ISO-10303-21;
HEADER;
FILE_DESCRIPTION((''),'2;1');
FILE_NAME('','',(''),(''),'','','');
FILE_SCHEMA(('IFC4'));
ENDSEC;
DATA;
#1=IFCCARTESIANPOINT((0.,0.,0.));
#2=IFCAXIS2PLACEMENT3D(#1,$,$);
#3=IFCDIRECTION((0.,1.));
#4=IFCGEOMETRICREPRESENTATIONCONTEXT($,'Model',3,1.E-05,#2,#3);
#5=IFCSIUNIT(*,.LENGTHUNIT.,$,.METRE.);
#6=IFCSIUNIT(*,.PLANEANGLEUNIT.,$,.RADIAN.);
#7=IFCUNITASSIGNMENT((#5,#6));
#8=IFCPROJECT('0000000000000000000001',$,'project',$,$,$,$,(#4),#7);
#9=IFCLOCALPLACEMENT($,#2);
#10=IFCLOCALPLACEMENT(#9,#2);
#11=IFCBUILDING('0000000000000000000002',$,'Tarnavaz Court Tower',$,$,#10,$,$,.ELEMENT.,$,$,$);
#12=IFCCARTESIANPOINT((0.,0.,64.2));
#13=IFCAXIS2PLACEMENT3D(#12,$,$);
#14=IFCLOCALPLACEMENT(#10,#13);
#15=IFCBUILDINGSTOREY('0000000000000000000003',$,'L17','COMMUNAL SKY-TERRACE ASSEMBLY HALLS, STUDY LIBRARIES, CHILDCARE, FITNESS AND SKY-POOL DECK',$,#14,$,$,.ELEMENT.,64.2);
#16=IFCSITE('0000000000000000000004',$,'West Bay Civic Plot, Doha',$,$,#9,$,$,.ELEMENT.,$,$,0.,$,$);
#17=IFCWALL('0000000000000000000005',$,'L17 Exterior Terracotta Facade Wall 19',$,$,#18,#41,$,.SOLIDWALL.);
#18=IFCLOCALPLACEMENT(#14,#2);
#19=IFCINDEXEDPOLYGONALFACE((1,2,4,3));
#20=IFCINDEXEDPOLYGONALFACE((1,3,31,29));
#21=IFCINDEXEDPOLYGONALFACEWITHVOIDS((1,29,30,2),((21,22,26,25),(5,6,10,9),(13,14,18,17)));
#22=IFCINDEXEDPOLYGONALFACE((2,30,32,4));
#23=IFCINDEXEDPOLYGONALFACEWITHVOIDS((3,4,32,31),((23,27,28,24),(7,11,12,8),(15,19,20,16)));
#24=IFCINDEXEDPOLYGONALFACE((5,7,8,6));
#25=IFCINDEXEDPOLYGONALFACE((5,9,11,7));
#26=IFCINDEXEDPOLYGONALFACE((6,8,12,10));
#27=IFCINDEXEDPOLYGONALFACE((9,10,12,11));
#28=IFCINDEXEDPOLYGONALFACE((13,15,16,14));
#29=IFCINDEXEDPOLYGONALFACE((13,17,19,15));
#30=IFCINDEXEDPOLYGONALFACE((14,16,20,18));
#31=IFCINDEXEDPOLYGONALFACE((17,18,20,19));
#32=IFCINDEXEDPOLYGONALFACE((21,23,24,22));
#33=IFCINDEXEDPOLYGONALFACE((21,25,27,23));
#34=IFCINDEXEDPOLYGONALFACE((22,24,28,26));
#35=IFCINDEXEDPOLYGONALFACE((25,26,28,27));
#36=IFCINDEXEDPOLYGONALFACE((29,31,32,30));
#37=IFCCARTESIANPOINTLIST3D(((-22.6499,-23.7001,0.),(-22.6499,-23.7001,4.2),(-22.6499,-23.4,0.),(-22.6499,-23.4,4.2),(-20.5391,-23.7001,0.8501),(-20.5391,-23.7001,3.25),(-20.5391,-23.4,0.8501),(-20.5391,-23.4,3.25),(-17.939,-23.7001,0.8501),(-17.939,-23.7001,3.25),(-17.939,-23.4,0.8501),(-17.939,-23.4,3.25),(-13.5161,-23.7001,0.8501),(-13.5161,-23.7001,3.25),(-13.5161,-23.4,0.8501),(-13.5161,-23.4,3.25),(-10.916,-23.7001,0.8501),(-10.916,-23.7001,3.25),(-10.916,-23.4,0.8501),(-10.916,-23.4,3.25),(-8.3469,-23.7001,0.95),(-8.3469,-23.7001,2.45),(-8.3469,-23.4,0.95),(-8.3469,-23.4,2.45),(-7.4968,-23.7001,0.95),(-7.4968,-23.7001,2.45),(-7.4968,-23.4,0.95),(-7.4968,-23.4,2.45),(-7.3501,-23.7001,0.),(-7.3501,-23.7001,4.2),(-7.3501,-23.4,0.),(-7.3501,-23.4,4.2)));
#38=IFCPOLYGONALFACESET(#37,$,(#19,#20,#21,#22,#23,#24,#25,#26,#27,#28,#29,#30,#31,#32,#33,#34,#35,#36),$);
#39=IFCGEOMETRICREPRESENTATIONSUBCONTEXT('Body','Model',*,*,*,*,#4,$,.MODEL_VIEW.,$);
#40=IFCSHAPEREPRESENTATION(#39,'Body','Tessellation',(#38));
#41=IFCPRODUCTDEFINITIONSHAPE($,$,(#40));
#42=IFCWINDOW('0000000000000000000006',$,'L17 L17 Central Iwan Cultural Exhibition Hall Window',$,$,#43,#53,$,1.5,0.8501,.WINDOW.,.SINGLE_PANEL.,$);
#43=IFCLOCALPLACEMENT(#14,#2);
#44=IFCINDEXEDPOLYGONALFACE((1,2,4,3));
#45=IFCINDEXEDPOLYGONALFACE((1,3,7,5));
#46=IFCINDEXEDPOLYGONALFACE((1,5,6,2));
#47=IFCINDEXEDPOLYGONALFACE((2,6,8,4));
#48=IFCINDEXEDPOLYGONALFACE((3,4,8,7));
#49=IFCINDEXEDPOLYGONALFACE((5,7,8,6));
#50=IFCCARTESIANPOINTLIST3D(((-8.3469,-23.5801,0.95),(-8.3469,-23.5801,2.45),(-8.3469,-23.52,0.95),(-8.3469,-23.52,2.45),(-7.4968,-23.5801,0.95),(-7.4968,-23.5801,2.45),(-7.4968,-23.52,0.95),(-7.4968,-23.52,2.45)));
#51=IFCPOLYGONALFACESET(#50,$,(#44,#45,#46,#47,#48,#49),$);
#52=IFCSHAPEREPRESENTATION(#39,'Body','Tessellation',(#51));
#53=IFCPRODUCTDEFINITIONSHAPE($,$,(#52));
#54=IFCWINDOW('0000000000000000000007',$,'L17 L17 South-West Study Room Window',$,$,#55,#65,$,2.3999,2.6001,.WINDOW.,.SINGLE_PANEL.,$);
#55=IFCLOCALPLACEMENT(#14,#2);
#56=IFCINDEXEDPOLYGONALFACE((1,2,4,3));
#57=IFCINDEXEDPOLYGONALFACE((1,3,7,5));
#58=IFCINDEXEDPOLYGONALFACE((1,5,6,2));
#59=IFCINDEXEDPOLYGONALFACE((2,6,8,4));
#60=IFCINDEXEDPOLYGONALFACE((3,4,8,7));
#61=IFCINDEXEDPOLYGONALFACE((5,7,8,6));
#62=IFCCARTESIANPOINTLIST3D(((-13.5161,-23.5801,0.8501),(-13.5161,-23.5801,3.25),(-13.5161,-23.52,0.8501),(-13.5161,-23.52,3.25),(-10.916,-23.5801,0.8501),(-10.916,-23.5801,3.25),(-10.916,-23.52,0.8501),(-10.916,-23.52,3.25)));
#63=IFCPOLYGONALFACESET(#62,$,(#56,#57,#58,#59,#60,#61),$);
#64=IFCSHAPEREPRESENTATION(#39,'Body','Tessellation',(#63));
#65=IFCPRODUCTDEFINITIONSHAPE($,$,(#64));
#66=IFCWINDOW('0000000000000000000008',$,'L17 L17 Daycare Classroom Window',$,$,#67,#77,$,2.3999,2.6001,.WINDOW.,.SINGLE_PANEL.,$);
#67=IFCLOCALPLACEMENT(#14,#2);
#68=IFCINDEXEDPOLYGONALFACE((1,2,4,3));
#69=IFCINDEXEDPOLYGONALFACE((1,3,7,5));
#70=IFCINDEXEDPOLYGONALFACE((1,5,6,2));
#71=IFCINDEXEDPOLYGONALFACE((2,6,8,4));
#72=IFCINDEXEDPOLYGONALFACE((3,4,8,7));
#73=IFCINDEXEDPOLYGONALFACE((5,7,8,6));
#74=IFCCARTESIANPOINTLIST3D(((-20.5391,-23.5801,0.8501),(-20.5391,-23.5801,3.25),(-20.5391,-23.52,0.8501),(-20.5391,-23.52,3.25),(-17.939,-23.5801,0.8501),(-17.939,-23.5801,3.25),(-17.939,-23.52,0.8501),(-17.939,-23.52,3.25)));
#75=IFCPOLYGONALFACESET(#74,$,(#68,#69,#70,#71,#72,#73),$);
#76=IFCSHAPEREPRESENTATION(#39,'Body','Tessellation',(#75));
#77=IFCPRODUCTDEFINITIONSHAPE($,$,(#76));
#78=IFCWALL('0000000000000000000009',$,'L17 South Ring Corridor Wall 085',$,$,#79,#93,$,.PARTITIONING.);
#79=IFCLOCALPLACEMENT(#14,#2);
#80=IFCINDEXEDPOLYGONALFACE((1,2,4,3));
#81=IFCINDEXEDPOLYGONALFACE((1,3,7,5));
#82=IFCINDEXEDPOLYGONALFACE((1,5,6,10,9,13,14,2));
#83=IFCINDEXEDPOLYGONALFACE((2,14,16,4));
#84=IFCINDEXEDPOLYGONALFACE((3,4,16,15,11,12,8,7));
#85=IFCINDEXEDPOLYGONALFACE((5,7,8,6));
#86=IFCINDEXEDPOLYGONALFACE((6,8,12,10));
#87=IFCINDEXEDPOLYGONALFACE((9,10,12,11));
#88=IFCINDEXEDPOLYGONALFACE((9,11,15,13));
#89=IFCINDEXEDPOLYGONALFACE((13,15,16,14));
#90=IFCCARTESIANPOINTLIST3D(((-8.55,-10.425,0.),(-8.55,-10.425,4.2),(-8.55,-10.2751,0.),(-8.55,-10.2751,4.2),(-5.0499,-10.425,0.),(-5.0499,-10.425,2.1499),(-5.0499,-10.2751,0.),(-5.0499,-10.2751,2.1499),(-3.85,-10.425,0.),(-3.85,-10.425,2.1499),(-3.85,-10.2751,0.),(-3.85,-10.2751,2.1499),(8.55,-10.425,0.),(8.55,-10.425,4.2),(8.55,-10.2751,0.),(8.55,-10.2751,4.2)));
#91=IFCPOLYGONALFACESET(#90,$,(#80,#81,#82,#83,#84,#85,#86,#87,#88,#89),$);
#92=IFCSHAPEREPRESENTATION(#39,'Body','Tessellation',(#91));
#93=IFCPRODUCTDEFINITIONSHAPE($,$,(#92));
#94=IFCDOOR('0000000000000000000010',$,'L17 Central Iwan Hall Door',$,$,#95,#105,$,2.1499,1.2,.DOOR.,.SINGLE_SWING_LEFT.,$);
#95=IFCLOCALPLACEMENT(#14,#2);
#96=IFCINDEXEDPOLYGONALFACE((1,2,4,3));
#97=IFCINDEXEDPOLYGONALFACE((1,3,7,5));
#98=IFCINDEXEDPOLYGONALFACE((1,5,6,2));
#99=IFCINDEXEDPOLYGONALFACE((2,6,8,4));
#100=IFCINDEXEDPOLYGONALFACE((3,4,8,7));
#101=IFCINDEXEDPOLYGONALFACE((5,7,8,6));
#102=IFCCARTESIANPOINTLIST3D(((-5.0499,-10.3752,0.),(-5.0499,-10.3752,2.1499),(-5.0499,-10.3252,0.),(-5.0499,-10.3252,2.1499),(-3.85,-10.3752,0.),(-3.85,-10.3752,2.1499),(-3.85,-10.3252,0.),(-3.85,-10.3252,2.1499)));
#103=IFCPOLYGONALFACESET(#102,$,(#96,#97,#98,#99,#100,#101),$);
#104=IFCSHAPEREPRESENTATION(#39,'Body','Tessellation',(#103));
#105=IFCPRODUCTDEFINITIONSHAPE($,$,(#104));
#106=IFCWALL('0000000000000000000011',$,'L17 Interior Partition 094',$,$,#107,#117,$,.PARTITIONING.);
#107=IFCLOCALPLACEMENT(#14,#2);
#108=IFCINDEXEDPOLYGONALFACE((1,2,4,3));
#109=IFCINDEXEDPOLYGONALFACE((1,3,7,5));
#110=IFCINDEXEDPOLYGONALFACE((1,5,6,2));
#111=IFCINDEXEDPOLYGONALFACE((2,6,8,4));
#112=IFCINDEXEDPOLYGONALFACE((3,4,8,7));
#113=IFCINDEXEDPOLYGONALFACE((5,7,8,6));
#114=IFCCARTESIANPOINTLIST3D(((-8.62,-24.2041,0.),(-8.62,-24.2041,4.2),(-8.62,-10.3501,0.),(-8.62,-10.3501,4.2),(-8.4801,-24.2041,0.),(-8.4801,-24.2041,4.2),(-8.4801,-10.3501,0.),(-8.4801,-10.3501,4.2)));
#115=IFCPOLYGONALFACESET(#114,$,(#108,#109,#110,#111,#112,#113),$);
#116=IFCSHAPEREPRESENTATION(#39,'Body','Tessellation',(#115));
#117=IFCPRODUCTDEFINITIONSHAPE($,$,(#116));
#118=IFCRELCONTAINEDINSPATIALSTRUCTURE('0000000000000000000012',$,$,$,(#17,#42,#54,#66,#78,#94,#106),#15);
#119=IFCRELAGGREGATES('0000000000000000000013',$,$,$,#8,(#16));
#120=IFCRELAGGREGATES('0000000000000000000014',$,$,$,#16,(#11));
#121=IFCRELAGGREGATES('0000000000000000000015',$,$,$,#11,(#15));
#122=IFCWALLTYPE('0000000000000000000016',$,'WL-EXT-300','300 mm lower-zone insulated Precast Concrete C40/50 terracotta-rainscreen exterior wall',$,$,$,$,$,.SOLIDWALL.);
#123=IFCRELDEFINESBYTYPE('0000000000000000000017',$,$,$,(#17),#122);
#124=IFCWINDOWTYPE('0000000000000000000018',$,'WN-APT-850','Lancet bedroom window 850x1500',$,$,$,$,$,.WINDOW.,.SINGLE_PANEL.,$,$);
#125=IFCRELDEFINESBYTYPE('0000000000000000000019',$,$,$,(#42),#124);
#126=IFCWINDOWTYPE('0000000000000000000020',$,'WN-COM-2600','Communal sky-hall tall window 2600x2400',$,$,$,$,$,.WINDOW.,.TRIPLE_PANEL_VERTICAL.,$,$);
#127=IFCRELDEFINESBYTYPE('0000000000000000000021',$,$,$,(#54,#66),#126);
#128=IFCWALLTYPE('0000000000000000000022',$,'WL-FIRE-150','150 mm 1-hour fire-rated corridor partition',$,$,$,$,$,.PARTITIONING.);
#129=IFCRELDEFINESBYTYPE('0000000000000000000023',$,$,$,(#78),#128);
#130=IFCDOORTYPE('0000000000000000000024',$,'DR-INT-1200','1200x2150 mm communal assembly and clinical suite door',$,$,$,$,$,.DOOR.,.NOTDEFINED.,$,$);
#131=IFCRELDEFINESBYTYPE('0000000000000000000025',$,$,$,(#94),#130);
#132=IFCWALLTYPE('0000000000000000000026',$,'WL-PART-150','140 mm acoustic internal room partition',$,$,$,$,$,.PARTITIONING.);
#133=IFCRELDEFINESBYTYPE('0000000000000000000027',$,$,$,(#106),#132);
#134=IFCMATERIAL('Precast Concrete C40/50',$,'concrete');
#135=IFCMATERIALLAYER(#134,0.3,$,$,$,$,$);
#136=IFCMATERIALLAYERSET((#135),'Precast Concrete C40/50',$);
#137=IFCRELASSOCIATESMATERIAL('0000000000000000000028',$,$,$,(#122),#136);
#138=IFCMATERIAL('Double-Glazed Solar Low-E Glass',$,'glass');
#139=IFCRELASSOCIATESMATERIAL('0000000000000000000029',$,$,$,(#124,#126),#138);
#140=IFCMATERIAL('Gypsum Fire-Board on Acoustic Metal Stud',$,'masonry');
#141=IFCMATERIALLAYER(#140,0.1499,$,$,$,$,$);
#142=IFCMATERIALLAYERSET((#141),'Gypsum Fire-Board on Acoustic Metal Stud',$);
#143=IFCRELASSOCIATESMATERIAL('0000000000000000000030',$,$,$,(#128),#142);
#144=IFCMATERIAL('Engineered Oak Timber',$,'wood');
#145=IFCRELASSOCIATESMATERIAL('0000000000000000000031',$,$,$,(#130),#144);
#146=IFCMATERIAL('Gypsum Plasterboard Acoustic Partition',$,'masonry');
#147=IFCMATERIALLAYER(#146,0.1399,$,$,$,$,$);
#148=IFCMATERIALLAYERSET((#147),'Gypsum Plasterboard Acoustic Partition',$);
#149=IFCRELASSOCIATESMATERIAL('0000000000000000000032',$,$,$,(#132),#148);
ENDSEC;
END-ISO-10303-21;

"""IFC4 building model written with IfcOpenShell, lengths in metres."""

from ifc_helpers import new_model, si_unit, direction, frame, frame_2d, origin, place, context, subcontext, project, spatial, rectangle, extrude, material, layer, layer_set, type_object, element, fill, save


model = new_model("IFC4")

# Units and contexts
model_context = context("Model", 3, precision=1e-05, world=origin(), true_north=direction((0.0, 1.0)))
body_context = subcontext(model_context, "Body", "Model", "MODEL_VIEW")
ifc_project = project(units=[si_unit("LENGTHUNIT", "METRE"), si_unit("PLANEANGLEUNIT", "RADIAN")], contexts=[model_context])

# Site, building, storey
site_placement = place(None, origin())
site = spatial("IfcSite", under=ifc_project, at=site_placement, Name="West Bay Civic Plot, Doha", CompositionType="ELEMENT", RefElevation=0.0)
building_placement = place(site_placement, origin())
building = spatial("IfcBuilding", under=site, at=building_placement, Name="Tarnavaz Court Tower", CompositionType="ELEMENT")
storey_placement = place(building_placement, frame((0.0, 0.0, 64.2)))
storey = spatial("IfcBuildingStorey", under=building, at=storey_placement, Name="L17", Description="COMMUNAL SKY-TERRACE ASSEMBLY HALLS, STUDY LIBRARIES, CHILDCARE, FITNESS AND SKY-POOL DECK", CompositionType="ELEMENT", Elevation=64.2)

# Shared definitions
ifc_material_1 = material(Name="Double-Glazed Solar Low-E Glass", Category="glass")

# Shared definitions
ifc_material_2 = material(Name="Precast Concrete C40/50", Category="concrete")
ifc_layer_1 = layer(ifc_material_2, 0.3)
ifc_layer_set_1 = layer_set([ifc_layer_1], Name="Precast Concrete C40/50")
wall_type_1 = type_object("IfcWallType", Name="WL-EXT-300", Description="300 mm lower-zone insulated Precast Concrete C40/50 terracotta-rainscreen exterior wall", PredefinedType="SOLIDWALL", material=ifc_layer_set_1)

# Wall, openings, windows
wall_1_placement = place(storey_placement, frame((-7.3501, -23.55, 0.0), z_axis=(0.0, 0.0, 1.0), x_axis=(-1.0, 0.0, 0.0)))
wall_1 = element("IfcWall", 1, at=wall_1_placement, inside=storey, type_object=wall_type_1, Name="L17 Exterior Terracotta Facade Wall 19", PredefinedType="SOLIDWALL", context=body_context, shape_type="SweptSolid", body=[
    extrude(rectangle(XDim=15.2998, YDim=0.3, at=frame_2d((7.6499, 0.0))), origin(), (0.0, 0.0, 1.0), 4.2),
])
opening_1_placement = place(wall_1_placement, frame((0.1467, 0.0, 0.95)))
opening_1 = element("IfcOpeningElement", 2, at=opening_1_placement, cuts=wall_1, PredefinedType="OPENING", context=body_context, shape_type="SweptSolid", body=[
    extrude(rectangle(XDim=0.8501, YDim=1.5, at=frame_2d((0.425, 0.75))), frame((0.0, 0.1599, 0.0), z_axis=(0.0, -1.0, 0.0), x_axis=(1.0, 0.0, 0.0)), (0.0, 0.0, 1.0), 0.3201),
])
opening_2_placement = place(wall_1_placement, frame((3.5659, 0.0, 0.8501)))
opening_2 = element("IfcOpeningElement", 3, at=opening_2_placement, cuts=wall_1, PredefinedType="OPENING", context=body_context, shape_type="SweptSolid", body=[
    extrude(rectangle(XDim=2.6001, YDim=2.3999, at=frame_2d((1.3, 1.2))), frame((0.0, 0.1599, 0.0), z_axis=(0.0, -1.0, 0.0), x_axis=(1.0, 0.0, 0.0)), (0.0, 0.0, 1.0), 0.3201),
])
opening_3_placement = place(wall_1_placement, frame((10.5889, 0.0, 0.8501)))
opening_3 = element("IfcOpeningElement", 4, at=opening_3_placement, cuts=wall_1, PredefinedType="OPENING", context=body_context, shape_type="SweptSolid", body=[
    extrude(rectangle(XDim=2.6001, YDim=2.3999, at=frame_2d((1.3, 1.2))), frame((0.0, 0.1599, 0.0), z_axis=(0.0, -1.0, 0.0), x_axis=(1.0, 0.0, 0.0)), (0.0, 0.0, 1.0), 0.3201),
])
window_type_1 = type_object("IfcWindowType", Name="WN-APT-850", Description="Lancet bedroom window 850x1500", PartitioningType="SINGLE_PANEL", PredefinedType="WINDOW", material=ifc_material_1)
window_1_placement = place(opening_1_placement, origin())
window_1 = element("IfcWindow", 5, at=window_1_placement, inside=storey, type_object=window_type_1, Name="L17 L17 Central Iwan Cultural Exhibition Hall Window", OverallHeight=1.5, OverallWidth=0.8501, PartitioningType="SINGLE_PANEL", PredefinedType="WINDOW", context=body_context, shape_type="SweptSolid", body=[
    extrude(rectangle(XDim=0.8501, YDim=1.5, at=frame_2d((0.425, 0.75))), frame((0.0, 0.03, 0.0), z_axis=(0.0, -1.0, 0.0), x_axis=(1.0, 0.0, 0.0)), (0.0, 0.0, 1.0), 0.0601),
])
fill(opening_1, window_1)
window_type_2 = type_object("IfcWindowType", Name="WN-COM-2600", Description="Communal sky-hall tall window 2600x2400", PartitioningType="TRIPLE_PANEL_VERTICAL", PredefinedType="WINDOW", material=ifc_material_1)
window_2_placement = place(opening_2_placement, origin())
window_2 = element("IfcWindow", 6, at=window_2_placement, inside=storey, type_object=window_type_2, Name="L17 L17 South-West Study Room Window", OverallHeight=2.3999, OverallWidth=2.6001, PartitioningType="SINGLE_PANEL", PredefinedType="WINDOW", context=body_context, shape_type="SweptSolid", body=[
    extrude(rectangle(XDim=2.6001, YDim=2.3999, at=frame_2d((1.3, 1.2))), frame((0.0, 0.03, 0.0), z_axis=(0.0, -1.0, 0.0), x_axis=(1.0, 0.0, 0.0)), (0.0, 0.0, 1.0), 0.0601),
])
fill(opening_2, window_2)
window_3_placement = place(opening_3_placement, origin())
window_3 = element("IfcWindow", 7, at=window_3_placement, inside=storey, type_object=window_type_2, Name="L17 L17 Daycare Classroom Window", OverallHeight=2.3999, OverallWidth=2.6001, PartitioningType="SINGLE_PANEL", PredefinedType="WINDOW", context=body_context, shape_type="SweptSolid", body=[
    extrude(rectangle(XDim=2.6001, YDim=2.3999, at=frame_2d((1.3, 1.2))), frame((0.0, 0.03, 0.0), z_axis=(0.0, -1.0, 0.0), x_axis=(1.0, 0.0, 0.0)), (0.0, 0.0, 1.0), 0.0601),
])
fill(opening_3, window_3)

# Wall, opening, door
ifc_material_3 = material(Name="Gypsum Fire-Board on Acoustic Metal Stud", Category="masonry")
ifc_layer_2 = layer(ifc_material_3, 0.1499)
ifc_layer_set_2 = layer_set([ifc_layer_2], Name="Gypsum Fire-Board on Acoustic Metal Stud")
wall_type_2 = type_object("IfcWallType", Name="WL-FIRE-150", Description="150 mm 1-hour fire-rated corridor partition", PredefinedType="PARTITIONING", material=ifc_layer_set_2)
wall_2_placement = place(storey_placement, frame((-8.55, -10.3501, 0.0), z_axis=(0.0, 0.0, 1.0), x_axis=(1.0, 0.0, 0.0)))
wall_2 = element("IfcWall", 8, at=wall_2_placement, inside=storey, type_object=wall_type_2, Name="L17 South Ring Corridor Wall 085", PredefinedType="PARTITIONING", context=body_context, shape_type="SweptSolid", body=[
    extrude(rectangle(XDim=17.1001, YDim=0.1499, at=frame_2d((8.55, 0.0))), origin(), (0.0, 0.0, 1.0), 4.2),
])
opening_4_placement = place(wall_2_placement, frame((3.5, 0.0, 0.0)))
opening_4 = element("IfcOpeningElement", 9, at=opening_4_placement, cuts=wall_2, PredefinedType="OPENING", context=body_context, shape_type="SweptSolid", body=[
    extrude(rectangle(XDim=1.2, YDim=2.1499, at=frame_2d((0.6001, 1.075))), frame((0.0, 0.085, 0.0), z_axis=(0.0, -1.0, 0.0), x_axis=(1.0, 0.0, 0.0)), (0.0, 0.0, 1.0), 0.1699),
])
ifc_material_4 = material(Name="Engineered Oak Timber", Category="wood")
door_type = type_object("IfcDoorType", Name="DR-INT-1200", Description="1200x2150 mm communal assembly and clinical suite door", OperationType="NOTDEFINED", PredefinedType="DOOR", material=ifc_material_4)
door_placement = place(opening_4_placement, origin())
door = element("IfcDoor", 10, at=door_placement, inside=storey, type_object=door_type, Name="L17 Central Iwan Hall Door", OperationType="SINGLE_SWING_LEFT", OverallHeight=2.1499, OverallWidth=1.2, PredefinedType="DOOR", context=body_context, shape_type="SweptSolid", body=[
    extrude(rectangle(XDim=1.2, YDim=2.1499, at=frame_2d((0.6001, 1.075))), frame((0.0, 0.0249, 0.0), z_axis=(0.0, -1.0, 0.0), x_axis=(1.0, 0.0, 0.0)), (0.0, 0.0, 1.0), 0.05),
])
fill(opening_4, door)

# Wall
ifc_material_5 = material(Name="Gypsum Plasterboard Acoustic Partition", Category="masonry")
ifc_layer_3 = layer(ifc_material_5, 0.1399)
ifc_layer_set_3 = layer_set([ifc_layer_3], Name="Gypsum Plasterboard Acoustic Partition")
wall_type_3 = type_object("IfcWallType", Name="WL-PART-150", Description="140 mm acoustic internal room partition", PredefinedType="PARTITIONING", material=ifc_layer_set_3)
wall_3_placement = place(storey_placement, frame((-8.55, -24.2041, 0.0), z_axis=(0.0, 0.0, 1.0), x_axis=(0.0, 1.0, 0.0)))
element("IfcWall", 11, at=wall_3_placement, inside=storey, type_object=wall_type_3, Name="L17 Interior Partition 094", PredefinedType="PARTITIONING", context=body_context, shape_type="SweptSolid", body=[
    extrude(rectangle(XDim=13.854, YDim=0.1399, at=frame_2d((6.927, 0.0))), origin(), (0.0, 0.0, 1.0), 4.2),
])

save(model, "model.ifc")
